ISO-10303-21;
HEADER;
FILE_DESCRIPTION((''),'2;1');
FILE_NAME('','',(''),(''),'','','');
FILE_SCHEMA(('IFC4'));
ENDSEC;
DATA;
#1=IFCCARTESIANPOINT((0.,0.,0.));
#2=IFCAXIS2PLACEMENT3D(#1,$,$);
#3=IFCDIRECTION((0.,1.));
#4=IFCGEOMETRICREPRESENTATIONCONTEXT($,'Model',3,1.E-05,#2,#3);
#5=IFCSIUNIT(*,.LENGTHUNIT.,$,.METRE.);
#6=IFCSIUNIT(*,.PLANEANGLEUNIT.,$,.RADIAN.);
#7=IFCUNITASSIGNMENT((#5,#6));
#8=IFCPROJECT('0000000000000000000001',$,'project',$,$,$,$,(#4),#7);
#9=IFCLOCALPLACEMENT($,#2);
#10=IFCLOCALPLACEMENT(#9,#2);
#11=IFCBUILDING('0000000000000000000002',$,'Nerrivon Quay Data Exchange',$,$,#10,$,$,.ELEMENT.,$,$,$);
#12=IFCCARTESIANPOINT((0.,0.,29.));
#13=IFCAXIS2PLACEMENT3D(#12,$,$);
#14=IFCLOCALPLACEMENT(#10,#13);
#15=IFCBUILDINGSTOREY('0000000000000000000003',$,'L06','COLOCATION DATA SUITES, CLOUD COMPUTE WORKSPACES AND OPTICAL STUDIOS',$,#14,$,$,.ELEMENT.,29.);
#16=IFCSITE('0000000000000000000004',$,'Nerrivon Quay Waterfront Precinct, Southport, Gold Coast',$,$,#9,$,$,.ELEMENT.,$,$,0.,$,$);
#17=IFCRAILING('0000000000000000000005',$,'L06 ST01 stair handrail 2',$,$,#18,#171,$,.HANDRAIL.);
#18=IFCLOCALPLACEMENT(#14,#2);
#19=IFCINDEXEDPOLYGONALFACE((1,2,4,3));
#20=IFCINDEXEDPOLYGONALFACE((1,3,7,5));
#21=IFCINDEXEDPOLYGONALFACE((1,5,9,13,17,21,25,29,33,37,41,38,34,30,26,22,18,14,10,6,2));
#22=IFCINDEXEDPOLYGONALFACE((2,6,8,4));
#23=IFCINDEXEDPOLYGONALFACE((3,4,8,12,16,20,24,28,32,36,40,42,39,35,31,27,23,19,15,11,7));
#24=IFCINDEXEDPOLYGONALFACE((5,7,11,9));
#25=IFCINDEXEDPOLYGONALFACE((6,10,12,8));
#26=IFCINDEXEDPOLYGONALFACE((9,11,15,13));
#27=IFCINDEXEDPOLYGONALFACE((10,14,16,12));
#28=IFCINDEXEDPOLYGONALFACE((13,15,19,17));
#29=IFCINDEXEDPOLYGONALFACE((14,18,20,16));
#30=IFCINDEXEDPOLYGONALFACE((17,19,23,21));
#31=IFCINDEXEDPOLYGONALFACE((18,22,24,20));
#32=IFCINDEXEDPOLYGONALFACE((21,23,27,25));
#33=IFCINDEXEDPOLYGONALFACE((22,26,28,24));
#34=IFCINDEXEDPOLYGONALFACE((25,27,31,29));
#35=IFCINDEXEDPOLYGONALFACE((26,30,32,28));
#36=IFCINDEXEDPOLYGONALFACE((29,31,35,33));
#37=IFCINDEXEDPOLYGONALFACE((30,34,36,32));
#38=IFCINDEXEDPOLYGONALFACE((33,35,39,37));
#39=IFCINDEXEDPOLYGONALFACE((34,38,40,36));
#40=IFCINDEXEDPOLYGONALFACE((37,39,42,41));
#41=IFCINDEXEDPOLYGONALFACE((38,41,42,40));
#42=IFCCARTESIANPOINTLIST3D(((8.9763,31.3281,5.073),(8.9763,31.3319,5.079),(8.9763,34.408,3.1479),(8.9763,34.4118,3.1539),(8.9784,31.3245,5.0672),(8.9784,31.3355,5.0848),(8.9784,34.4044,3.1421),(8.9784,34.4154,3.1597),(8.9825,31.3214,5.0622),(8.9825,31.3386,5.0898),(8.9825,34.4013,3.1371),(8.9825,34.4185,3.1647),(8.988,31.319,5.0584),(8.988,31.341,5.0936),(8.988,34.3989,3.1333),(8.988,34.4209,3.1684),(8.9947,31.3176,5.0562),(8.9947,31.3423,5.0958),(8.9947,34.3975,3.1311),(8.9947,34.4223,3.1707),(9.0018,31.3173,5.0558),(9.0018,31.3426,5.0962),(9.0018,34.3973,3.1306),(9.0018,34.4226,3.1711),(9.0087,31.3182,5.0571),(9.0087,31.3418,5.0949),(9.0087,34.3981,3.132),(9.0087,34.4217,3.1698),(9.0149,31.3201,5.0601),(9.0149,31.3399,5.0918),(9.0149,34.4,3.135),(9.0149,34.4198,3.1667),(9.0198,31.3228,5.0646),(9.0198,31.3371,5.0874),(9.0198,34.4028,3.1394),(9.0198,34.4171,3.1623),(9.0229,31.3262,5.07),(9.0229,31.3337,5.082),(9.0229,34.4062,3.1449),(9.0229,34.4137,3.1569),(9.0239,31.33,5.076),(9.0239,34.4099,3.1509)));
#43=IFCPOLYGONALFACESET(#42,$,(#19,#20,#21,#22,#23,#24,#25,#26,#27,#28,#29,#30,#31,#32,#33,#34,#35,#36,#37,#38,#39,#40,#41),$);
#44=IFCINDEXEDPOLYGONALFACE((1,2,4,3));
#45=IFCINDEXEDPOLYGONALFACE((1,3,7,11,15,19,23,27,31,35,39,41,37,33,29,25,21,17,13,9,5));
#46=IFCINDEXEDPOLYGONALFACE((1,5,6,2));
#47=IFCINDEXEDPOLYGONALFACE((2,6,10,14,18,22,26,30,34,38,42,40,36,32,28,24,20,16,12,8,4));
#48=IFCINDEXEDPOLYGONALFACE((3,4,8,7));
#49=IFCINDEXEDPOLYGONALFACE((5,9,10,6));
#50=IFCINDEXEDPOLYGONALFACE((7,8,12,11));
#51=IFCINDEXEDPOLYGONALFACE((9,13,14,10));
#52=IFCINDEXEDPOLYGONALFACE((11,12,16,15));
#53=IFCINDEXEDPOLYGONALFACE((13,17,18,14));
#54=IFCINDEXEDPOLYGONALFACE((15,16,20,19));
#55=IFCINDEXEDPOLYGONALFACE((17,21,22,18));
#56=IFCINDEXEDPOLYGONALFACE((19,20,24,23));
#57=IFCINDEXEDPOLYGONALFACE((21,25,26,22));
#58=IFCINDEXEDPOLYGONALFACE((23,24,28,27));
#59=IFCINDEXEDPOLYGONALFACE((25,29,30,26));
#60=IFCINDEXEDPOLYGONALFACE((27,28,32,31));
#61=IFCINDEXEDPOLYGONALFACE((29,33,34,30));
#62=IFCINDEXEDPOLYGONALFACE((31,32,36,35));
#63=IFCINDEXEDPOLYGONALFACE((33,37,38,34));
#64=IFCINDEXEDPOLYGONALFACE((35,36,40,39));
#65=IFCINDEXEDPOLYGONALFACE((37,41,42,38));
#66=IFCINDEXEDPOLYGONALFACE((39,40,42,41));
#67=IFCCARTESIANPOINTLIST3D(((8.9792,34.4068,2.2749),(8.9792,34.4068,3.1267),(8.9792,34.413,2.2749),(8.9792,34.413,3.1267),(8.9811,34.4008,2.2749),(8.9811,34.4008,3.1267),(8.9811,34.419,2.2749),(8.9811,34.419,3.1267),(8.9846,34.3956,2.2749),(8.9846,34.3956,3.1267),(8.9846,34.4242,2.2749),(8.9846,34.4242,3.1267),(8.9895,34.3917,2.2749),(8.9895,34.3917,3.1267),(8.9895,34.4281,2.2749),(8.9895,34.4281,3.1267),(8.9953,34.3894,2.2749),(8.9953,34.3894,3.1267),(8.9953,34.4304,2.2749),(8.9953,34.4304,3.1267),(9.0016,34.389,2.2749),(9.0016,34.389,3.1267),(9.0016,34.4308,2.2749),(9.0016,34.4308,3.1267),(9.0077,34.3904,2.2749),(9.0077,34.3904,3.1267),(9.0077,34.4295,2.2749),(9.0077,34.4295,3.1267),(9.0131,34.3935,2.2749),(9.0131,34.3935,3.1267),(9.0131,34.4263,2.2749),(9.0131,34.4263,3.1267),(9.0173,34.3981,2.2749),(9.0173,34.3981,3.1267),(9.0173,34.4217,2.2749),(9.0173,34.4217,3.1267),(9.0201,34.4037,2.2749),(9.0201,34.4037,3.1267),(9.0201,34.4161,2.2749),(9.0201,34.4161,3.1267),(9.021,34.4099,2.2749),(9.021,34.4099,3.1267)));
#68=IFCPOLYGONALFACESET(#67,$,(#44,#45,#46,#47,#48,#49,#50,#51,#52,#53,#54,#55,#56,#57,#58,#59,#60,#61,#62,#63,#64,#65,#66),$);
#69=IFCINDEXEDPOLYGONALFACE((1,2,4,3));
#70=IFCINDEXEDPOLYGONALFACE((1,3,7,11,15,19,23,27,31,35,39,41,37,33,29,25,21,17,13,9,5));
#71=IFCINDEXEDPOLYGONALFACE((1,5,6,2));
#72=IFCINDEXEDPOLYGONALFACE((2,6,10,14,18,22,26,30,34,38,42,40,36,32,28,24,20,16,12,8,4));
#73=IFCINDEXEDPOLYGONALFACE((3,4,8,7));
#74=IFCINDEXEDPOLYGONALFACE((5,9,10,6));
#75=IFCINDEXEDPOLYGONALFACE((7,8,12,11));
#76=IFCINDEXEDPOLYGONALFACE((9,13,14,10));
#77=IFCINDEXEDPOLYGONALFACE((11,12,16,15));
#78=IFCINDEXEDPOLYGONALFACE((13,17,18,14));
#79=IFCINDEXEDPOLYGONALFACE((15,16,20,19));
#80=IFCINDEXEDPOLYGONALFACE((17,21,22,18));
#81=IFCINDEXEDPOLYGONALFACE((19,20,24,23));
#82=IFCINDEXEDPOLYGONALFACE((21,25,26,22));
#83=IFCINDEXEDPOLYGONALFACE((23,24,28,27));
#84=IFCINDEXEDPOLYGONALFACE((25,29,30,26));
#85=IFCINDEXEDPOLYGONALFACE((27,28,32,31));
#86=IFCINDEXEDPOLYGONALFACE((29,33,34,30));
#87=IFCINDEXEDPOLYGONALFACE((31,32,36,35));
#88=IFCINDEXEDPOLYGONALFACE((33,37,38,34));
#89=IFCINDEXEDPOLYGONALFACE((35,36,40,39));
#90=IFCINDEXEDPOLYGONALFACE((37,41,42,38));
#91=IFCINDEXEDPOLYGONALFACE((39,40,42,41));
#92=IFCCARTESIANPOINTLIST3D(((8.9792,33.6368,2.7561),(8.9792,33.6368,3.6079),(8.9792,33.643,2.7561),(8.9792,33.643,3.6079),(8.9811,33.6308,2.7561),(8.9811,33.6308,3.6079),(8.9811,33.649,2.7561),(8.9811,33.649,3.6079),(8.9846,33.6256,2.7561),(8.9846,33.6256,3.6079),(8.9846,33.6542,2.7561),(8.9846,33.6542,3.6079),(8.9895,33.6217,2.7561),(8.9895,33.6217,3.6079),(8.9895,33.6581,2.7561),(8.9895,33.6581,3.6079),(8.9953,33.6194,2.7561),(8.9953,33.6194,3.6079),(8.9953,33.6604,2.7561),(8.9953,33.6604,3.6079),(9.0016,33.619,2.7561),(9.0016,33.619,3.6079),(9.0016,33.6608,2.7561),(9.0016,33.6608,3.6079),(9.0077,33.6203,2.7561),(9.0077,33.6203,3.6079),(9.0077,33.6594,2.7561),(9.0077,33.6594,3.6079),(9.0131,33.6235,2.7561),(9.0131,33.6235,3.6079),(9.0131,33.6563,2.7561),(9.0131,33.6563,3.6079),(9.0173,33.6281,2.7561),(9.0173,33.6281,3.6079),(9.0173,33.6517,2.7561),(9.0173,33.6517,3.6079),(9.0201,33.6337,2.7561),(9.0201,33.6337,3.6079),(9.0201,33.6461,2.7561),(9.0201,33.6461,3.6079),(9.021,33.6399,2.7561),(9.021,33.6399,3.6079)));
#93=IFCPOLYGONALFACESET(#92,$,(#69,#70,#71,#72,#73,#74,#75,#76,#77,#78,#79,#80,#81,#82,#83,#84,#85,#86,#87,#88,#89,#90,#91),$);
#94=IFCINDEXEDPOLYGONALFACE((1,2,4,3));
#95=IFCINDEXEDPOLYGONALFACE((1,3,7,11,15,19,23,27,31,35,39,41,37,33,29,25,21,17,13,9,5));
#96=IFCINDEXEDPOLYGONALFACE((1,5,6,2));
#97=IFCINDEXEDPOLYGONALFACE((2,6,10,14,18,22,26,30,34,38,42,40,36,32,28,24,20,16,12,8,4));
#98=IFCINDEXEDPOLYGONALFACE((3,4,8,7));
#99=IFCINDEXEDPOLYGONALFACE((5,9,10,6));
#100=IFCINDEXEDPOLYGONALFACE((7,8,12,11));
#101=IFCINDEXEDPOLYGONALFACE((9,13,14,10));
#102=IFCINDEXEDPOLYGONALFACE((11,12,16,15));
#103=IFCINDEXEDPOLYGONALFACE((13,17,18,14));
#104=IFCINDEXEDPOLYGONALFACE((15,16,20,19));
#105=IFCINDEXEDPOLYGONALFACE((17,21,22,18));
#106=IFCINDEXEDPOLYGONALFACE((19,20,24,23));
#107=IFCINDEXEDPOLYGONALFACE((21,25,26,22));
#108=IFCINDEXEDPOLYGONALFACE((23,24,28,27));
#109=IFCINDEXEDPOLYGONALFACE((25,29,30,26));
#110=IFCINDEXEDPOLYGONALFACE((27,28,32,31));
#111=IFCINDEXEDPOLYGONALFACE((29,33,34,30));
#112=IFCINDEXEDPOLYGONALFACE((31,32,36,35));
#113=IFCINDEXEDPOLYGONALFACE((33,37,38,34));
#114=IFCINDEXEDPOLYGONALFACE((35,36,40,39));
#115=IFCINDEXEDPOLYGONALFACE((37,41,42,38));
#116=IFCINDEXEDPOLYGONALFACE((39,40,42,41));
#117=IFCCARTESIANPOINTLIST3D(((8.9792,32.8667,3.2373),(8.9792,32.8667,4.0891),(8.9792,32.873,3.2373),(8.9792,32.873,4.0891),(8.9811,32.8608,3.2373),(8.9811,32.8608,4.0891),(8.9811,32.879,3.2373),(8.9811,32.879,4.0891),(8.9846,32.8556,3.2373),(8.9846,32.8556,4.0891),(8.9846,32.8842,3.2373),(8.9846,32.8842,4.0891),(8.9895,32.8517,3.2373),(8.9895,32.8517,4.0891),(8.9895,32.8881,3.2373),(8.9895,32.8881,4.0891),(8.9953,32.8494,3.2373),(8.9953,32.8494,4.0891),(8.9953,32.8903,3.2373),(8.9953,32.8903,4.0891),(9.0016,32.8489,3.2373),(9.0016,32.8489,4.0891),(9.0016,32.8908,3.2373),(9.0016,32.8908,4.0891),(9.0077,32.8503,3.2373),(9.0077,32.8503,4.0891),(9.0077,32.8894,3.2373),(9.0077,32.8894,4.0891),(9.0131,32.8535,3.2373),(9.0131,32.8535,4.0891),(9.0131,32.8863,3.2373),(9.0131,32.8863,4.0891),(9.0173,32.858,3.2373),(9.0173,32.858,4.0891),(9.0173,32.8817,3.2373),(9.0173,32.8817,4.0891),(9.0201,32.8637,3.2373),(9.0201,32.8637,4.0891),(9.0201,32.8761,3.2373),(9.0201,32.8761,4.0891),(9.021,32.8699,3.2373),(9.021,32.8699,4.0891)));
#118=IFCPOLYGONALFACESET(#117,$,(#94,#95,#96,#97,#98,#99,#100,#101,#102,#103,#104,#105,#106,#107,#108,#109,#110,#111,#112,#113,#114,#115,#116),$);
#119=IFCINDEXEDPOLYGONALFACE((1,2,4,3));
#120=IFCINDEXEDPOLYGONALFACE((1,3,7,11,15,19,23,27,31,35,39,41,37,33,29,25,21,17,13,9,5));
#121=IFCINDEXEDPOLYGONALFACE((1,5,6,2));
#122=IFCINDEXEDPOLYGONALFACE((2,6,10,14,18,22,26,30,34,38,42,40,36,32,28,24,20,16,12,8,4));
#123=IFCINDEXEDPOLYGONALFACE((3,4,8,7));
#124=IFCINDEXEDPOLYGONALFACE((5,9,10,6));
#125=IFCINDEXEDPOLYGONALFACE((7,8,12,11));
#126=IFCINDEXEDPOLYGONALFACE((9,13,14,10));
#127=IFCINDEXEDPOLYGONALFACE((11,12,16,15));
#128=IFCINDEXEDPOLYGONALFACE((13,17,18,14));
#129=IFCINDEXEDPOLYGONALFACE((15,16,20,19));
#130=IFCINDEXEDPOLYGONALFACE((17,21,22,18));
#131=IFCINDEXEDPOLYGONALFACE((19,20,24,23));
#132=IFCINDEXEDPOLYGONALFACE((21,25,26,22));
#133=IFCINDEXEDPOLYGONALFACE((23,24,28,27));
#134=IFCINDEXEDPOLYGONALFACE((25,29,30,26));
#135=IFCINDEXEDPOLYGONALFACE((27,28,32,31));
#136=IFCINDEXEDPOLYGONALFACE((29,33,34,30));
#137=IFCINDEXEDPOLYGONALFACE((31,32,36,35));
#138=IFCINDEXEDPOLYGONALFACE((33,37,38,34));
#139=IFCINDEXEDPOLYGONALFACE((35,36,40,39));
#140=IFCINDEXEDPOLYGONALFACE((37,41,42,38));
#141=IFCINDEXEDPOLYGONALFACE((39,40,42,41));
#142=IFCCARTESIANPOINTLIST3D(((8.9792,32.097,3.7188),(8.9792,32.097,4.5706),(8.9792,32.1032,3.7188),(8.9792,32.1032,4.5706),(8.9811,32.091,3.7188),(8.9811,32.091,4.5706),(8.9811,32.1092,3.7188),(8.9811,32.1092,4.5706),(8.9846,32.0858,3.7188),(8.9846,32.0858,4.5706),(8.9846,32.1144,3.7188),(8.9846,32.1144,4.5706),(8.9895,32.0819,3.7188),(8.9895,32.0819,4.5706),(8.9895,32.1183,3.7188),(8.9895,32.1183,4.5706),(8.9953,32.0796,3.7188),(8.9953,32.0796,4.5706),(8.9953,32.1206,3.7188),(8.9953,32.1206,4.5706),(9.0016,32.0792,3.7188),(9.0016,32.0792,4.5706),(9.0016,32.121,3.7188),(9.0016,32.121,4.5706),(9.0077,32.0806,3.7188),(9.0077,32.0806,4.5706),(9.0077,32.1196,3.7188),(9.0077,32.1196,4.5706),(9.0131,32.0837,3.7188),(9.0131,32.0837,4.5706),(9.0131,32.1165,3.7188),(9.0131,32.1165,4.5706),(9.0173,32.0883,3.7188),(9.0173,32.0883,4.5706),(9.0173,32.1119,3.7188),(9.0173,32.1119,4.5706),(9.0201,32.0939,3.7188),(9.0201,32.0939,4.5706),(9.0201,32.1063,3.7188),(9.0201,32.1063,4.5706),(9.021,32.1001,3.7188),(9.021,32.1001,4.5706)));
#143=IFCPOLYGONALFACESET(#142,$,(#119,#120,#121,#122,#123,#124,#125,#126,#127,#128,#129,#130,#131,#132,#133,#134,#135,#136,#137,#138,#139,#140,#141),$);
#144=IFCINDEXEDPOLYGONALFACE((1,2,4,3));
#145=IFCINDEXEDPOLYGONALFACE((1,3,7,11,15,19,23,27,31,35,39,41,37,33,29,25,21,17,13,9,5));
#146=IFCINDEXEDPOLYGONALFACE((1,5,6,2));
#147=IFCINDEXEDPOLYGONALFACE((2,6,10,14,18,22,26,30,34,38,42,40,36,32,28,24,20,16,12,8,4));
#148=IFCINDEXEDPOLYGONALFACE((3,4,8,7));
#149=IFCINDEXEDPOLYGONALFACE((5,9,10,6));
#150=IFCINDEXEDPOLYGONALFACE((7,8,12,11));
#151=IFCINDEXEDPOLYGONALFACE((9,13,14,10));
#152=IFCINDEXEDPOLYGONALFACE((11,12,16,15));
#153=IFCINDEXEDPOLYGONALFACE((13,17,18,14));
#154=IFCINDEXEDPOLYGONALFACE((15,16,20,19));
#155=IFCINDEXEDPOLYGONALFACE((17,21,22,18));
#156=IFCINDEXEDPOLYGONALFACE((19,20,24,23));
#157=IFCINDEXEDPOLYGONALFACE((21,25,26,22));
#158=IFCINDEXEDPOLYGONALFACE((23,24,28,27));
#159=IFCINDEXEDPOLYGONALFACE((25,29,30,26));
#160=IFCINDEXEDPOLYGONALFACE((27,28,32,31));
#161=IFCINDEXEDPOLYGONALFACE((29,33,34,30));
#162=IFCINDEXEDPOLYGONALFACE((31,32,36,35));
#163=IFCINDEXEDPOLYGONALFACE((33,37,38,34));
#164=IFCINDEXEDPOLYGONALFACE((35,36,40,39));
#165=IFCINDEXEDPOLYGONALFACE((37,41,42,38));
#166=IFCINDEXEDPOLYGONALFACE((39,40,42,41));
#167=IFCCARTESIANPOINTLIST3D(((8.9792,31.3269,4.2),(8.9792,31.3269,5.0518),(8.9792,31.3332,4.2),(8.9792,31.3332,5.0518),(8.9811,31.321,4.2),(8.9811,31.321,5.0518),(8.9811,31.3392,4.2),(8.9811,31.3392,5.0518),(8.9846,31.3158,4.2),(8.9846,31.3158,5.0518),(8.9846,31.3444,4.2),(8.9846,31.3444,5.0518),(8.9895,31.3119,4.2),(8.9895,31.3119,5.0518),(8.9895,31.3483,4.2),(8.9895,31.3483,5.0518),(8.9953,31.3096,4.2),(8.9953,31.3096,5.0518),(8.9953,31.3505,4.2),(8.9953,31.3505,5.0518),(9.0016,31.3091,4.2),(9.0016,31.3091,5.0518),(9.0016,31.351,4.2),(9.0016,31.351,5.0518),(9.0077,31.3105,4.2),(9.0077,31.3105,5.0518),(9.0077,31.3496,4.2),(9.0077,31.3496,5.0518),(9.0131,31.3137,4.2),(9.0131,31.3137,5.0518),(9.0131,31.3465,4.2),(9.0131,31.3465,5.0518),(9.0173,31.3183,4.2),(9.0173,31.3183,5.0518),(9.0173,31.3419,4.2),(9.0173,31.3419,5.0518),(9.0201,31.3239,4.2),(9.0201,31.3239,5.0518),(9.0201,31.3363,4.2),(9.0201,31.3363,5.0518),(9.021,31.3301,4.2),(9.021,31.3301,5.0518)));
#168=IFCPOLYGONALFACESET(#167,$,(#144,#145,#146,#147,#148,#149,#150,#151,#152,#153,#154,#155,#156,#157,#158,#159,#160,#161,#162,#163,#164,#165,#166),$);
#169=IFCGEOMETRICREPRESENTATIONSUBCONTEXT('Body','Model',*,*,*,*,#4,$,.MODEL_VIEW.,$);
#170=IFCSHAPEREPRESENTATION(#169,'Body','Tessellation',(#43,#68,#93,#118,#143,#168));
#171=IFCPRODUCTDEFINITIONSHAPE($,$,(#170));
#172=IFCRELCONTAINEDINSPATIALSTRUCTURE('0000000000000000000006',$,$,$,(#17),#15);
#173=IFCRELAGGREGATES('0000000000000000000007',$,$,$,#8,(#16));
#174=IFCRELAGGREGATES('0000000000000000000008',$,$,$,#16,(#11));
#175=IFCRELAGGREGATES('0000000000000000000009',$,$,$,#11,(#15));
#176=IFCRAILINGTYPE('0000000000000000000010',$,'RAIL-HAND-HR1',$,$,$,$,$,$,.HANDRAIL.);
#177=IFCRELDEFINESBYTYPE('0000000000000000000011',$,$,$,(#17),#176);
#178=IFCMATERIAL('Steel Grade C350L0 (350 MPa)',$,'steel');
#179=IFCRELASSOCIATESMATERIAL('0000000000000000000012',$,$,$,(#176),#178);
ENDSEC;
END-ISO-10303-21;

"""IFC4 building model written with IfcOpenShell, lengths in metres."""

from ifc_helpers import new_model, si_unit, direction, frame, origin, origin_2d, place, context, subcontext, project, spatial, circle, extrude, material, type_object, element, save


model = new_model("IFC4")

# Units and contexts
model_context = context("Model", 3, precision=1e-05, world=origin(), true_north=direction((0.0, 1.0)))
body_context = subcontext(model_context, "Body", "Model", "MODEL_VIEW")
ifc_project = project(units=[si_unit("LENGTHUNIT", "METRE"), si_unit("PLANEANGLEUNIT", "RADIAN")], contexts=[model_context])

# Site, building, storey
site_placement = place(None, origin())
site = spatial("IfcSite", under=ifc_project, at=site_placement, Name="Nerrivon Quay Waterfront Precinct, Southport, Gold Coast", CompositionType="ELEMENT", RefElevation=0.0)
building_placement = place(site_placement, origin())
building = spatial("IfcBuilding", under=site, at=building_placement, Name="Nerrivon Quay Data Exchange", CompositionType="ELEMENT")
storey_placement = place(building_placement, frame((0.0, 0.0, 29.0)))
storey = spatial("IfcBuildingStorey", under=building, at=storey_placement, Name="L06", Description="COLOCATION DATA SUITES, CLOUD COMPUTE WORKSPACES AND OPTICAL STUDIOS", CompositionType="ELEMENT", Elevation=29.0)

# Railing
ifc_material_1 = material(Name="Steel Grade C350L0 (350 MPa)", Category="steel")
railing_type_1 = type_object("IfcRailingType", Name="RAIL-HAND-HR1", PredefinedType="HANDRAIL", material=ifc_material_1)
railing_1_placement = place(storey_placement, frame((9.0, 34.4099, 2.2749)))
element("IfcRailing", 1, at=railing_1_placement, inside=storey, type_object=railing_type_1, Name="L06 ST01 stair handrail 2", PredefinedType="HANDRAIL", context=body_context, shape_type="SweptSolid", body=[
    extrude(circle(Radius=0.0239, at=origin_2d()), frame((0.0, 0.0, 0.876), z_axis=(0.0, -0.847979, 0.530029), x_axis=(1.0, 0.0, 0.0)), (0.0, 0.0, 1.0), 3.6321),
    extrude(circle(Radius=0.021, at=origin_2d()), origin(), (0.0, 0.0, 1.0), 0.8518),
    extrude(circle(Radius=0.021, at=origin_2d()), frame((0.0, -0.77, 0.4812)), (0.0, 0.0, 1.0), 0.8518),
    extrude(circle(Radius=0.021, at=origin_2d()), frame((0.0, -1.54, 0.9624)), (0.0, 0.0, 1.0), 0.8518),
    extrude(circle(Radius=0.021, at=origin_2d()), frame((0.0, -2.3098, 1.4438)), (0.0, 0.0, 1.0), 0.8518),
    extrude(circle(Radius=0.021, at=origin_2d()), frame((0.0, -3.0798, 1.925)), (0.0, 0.0, 1.0), 0.8518),
])

save(model, "model.ifc")
